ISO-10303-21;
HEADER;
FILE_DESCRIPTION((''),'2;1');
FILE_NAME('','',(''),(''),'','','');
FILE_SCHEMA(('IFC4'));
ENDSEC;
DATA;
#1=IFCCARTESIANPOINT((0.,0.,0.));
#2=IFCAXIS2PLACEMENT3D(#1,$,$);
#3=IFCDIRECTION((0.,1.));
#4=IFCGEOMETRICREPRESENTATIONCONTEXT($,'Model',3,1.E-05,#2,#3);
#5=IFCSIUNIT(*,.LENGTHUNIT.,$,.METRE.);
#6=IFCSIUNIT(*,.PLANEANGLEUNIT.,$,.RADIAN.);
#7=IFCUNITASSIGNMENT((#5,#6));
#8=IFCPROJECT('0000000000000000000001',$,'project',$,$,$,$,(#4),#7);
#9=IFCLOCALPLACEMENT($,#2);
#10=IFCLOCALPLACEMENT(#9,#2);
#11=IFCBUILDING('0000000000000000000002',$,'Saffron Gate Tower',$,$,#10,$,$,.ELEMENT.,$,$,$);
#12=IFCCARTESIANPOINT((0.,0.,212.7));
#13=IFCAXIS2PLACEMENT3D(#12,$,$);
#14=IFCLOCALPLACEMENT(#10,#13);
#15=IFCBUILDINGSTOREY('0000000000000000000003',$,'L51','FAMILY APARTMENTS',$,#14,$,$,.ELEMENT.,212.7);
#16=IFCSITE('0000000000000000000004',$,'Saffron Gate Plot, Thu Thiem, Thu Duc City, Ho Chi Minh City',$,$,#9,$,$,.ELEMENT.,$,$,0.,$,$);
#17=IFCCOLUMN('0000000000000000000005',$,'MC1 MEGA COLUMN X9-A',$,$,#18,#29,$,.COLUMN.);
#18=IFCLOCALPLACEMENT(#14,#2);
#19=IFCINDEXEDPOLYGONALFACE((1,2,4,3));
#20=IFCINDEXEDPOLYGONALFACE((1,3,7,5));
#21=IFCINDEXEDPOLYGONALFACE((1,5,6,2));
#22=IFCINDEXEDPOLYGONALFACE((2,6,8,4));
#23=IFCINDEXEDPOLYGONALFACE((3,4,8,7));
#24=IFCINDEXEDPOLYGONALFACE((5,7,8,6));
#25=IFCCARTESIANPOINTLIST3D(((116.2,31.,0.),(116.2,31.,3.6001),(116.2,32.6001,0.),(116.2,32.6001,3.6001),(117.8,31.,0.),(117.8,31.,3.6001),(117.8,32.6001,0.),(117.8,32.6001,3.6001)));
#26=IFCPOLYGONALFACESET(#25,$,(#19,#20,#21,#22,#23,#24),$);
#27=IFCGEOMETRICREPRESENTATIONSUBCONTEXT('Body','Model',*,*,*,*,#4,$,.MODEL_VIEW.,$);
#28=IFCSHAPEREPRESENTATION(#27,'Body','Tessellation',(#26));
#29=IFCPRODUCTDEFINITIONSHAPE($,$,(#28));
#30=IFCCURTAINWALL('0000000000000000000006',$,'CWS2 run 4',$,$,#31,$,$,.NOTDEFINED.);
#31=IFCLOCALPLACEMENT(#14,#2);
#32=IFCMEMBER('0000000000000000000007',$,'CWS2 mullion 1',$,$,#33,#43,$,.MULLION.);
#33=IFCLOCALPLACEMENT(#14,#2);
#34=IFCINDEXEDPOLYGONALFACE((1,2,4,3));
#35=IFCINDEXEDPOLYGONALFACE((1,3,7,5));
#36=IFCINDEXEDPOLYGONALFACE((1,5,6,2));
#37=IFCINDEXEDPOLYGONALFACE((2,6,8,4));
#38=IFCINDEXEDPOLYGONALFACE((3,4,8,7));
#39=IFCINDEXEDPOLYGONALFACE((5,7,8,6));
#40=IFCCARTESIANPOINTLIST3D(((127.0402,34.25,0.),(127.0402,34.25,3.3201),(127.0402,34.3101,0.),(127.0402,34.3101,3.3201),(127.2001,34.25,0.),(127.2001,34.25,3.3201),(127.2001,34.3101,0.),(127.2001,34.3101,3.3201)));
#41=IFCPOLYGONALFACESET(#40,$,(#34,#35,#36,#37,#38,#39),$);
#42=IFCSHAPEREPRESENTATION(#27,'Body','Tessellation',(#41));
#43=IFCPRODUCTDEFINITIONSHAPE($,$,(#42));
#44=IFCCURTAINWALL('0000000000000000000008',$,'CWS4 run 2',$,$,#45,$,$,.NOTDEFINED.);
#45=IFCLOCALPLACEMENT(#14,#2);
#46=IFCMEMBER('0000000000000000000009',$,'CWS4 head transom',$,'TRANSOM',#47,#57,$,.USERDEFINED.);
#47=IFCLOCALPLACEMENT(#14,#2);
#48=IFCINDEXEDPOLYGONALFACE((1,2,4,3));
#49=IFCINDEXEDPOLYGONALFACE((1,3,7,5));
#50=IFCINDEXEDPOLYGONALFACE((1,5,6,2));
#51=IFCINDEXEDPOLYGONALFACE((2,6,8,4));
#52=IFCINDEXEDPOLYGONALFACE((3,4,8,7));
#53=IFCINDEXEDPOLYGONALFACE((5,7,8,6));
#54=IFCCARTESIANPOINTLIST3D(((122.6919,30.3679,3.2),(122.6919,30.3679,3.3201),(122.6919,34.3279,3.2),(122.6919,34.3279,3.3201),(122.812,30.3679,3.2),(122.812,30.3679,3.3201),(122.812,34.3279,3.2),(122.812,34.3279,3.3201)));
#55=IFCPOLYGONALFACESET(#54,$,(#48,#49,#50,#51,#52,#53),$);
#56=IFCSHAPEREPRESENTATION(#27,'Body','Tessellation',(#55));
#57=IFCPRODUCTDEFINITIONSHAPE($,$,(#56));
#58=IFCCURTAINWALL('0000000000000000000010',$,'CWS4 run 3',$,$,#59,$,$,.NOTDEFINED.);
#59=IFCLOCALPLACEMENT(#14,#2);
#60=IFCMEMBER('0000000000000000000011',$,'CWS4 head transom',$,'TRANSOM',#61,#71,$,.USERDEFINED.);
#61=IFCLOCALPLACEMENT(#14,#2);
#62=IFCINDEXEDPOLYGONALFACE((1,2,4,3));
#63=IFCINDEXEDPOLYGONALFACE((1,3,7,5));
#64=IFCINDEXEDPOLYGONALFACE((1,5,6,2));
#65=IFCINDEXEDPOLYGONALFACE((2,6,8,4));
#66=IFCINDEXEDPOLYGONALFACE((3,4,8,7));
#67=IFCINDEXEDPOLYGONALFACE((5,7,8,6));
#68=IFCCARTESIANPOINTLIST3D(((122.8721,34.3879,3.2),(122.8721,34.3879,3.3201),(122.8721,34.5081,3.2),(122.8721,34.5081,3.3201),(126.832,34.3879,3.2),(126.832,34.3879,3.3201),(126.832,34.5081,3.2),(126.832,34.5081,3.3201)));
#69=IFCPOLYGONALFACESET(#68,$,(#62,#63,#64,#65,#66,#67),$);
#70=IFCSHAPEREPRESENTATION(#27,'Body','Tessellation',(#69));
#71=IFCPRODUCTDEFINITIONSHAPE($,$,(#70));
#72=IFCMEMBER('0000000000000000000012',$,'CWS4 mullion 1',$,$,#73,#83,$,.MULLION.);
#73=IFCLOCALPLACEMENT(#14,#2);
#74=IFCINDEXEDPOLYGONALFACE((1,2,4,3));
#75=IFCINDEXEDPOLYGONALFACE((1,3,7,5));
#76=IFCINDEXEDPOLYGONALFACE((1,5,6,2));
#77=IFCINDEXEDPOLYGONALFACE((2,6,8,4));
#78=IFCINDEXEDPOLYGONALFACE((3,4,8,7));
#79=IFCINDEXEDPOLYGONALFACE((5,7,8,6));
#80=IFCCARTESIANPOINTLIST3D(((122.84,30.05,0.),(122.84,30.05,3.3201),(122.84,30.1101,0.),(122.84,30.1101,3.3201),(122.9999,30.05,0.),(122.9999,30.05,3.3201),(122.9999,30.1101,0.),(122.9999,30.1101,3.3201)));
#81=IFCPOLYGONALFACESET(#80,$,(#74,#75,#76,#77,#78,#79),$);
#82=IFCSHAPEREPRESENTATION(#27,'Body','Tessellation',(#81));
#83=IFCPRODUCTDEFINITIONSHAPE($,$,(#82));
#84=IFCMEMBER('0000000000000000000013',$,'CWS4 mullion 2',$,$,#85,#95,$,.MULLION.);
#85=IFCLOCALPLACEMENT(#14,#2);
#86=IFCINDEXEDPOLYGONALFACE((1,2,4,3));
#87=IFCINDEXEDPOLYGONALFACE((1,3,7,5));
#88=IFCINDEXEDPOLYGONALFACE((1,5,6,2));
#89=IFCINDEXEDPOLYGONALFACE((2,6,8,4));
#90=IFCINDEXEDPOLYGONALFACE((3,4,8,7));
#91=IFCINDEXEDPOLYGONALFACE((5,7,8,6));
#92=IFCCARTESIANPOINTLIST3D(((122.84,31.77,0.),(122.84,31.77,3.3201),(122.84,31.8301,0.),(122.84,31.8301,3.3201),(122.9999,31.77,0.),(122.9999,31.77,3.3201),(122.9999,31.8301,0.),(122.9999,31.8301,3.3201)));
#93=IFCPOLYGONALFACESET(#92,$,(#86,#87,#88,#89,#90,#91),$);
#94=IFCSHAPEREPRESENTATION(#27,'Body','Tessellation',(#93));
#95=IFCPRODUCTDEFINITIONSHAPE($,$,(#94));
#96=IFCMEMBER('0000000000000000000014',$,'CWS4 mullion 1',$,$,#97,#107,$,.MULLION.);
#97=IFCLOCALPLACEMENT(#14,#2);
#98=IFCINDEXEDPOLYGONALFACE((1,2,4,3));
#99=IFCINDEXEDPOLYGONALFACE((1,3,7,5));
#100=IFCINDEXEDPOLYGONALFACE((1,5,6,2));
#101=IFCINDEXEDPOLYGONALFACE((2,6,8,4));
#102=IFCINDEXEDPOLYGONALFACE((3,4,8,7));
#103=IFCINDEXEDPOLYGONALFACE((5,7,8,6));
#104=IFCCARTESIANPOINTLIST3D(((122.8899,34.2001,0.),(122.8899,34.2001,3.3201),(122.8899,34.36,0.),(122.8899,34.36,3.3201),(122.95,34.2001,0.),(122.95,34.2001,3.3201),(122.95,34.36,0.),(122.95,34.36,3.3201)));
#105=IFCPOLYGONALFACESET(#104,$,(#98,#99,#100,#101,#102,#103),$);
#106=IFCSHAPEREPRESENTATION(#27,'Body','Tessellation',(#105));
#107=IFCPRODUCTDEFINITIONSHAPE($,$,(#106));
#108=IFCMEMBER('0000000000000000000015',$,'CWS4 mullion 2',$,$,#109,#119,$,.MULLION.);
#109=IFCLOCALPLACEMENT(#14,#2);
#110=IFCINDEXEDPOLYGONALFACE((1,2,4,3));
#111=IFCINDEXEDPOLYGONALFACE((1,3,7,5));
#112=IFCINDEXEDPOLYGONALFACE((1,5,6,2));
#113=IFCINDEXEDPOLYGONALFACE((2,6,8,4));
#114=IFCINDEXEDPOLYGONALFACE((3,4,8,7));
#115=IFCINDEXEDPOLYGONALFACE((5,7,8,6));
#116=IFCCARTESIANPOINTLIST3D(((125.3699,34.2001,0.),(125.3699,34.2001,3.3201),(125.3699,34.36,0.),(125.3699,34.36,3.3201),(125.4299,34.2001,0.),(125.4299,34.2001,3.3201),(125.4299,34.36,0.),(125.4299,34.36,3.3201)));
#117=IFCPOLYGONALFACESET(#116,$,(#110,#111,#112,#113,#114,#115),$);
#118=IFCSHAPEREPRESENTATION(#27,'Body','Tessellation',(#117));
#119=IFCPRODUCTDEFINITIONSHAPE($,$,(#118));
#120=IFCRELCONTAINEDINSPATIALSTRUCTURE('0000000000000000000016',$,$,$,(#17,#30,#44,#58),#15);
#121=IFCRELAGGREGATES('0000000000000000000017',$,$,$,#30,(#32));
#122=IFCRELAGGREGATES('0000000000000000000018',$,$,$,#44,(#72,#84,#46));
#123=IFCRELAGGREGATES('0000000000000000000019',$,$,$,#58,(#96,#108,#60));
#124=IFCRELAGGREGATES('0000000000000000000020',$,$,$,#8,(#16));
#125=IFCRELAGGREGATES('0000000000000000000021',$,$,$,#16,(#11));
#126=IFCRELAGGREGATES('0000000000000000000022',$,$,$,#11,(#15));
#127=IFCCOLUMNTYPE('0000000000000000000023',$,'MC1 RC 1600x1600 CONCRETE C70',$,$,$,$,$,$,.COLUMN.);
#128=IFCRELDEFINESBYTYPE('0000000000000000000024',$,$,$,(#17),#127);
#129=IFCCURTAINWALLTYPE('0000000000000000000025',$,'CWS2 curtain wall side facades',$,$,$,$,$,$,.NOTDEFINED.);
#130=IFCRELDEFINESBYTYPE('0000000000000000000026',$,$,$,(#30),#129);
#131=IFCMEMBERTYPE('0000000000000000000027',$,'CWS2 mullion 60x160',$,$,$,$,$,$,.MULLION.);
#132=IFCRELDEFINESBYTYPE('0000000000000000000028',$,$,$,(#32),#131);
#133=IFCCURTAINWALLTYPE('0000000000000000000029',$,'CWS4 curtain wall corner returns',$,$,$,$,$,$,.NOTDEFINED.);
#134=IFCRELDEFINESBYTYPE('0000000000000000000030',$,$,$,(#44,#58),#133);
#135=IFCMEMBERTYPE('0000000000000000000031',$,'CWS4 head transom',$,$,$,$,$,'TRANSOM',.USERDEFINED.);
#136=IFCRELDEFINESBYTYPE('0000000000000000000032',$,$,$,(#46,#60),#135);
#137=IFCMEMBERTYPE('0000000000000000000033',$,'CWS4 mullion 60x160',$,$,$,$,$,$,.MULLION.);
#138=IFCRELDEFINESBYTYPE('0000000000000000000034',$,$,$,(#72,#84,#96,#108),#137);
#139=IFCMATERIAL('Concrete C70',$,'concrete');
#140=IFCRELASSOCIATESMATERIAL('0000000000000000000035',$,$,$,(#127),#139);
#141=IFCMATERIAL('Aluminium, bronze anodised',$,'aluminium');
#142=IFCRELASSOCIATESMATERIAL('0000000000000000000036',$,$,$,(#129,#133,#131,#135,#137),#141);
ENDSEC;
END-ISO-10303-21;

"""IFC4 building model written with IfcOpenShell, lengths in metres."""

from ifc_helpers import new_model, si_unit, direction, frame, origin, origin_2d, place, context, subcontext, project, spatial, rectangle, extrude, material, material_profile, profile_set, type_object, element, aggregate, save


model = new_model("IFC4")

# Units and contexts
model_context = context("Model", 3, precision=1e-05, world=origin(), true_north=direction((0.0, 1.0)))
body_context = subcontext(model_context, "Body", "Model", "MODEL_VIEW")
ifc_project = project(units=[si_unit("LENGTHUNIT", "METRE"), si_unit("PLANEANGLEUNIT", "RADIAN")], contexts=[model_context])

# Site, building, storey
site_placement = place(None, origin())
site = spatial("IfcSite", under=ifc_project, at=site_placement, Name="Saffron Gate Plot, Thu Thiem, Thu Duc City, Ho Chi Minh City", CompositionType="ELEMENT", RefElevation=0.0)
building_placement = place(site_placement, origin())
building = spatial("IfcBuilding", under=site, at=building_placement, Name="Saffron Gate Tower", CompositionType="ELEMENT")
storey_placement = place(building_placement, frame((0.0, 0.0, 212.7)))
storey = spatial("IfcBuildingStorey", under=building, at=storey_placement, Name="L51", Description="FAMILY APARTMENTS", CompositionType="ELEMENT", Elevation=212.7)

# Column
ifc_material_1 = material(Name="Concrete C70", Category="concrete")
ifc_material_profile_1 = material_profile(ifc_material_1, rectangle(XDim=1.6001, YDim=1.6001, at=origin_2d()))
ifc_profile_set_1 = profile_set([ifc_material_profile_1], Name="Concrete C70")
column_type = type_object("IfcColumnType", Name="MC1 RC 1600x1600 CONCRETE C70", PredefinedType="COLUMN", material=ifc_profile_set_1)
column_placement = place(storey_placement, frame((117.0, 31.8, 0.0), z_axis=(0.0, 0.0, 1.0), x_axis=(1.0, 0.0, 0.0)))
element("IfcColumn", 1, at=column_placement, inside=storey, type_object=column_type, Name="MC1 MEGA COLUMN X9-A", PredefinedType="COLUMN", context=body_context, shape_type="SweptSolid", body=[
    extrude(rectangle(XDim=1.6001, YDim=1.6001, at=origin_2d()), origin(), (0.0, 0.0, 1.0), 3.6001),
])

# Curtain walls, members
ifc_material_2 = material(Name="Aluminium, bronze anodised", Category="aluminium")
curtain_wall_type_1 = type_object("IfcCurtainWallType", Name="CWS2 curtain wall side facades", PredefinedType="NOTDEFINED", material=ifc_material_2)
curtain_wall_1_placement = place(storey_placement, origin())
curtain_wall_1 = element("IfcCurtainWall", 2, at=curtain_wall_1_placement, inside=storey, type_object=curtain_wall_type_1, Name="CWS2 run 4", PredefinedType="NOTDEFINED")
ifc_material_profile_2 = material_profile(ifc_material_2, rectangle(XDim=0.1599, YDim=0.0601, at=origin_2d()))
ifc_profile_set_2 = profile_set([ifc_material_profile_2], Name="Aluminium, bronze anodised")
member_type_1 = type_object("IfcMemberType", Name="CWS2 mullion 60x160", PredefinedType="MULLION", material=ifc_profile_set_2)
member_1_placement = place(storey_placement, frame((127.1201, 34.28, 0.0), z_axis=(0.0, 0.0, 1.0), x_axis=(-1.0, 0.0, 0.0)))
member_1 = element("IfcMember", 3, at=member_1_placement, type_object=member_type_1, Name="CWS2 mullion 1", PredefinedType="MULLION", context=body_context, shape_type="SweptSolid", body=[
    extrude(rectangle(XDim=0.1599, YDim=0.0601, at=origin_2d()), origin(), (0.0, 0.0, 1.0), 3.3201),
])
curtain_wall_type_2 = type_object("IfcCurtainWallType", Name="CWS4 curtain wall corner returns", PredefinedType="NOTDEFINED", material=ifc_material_2)
curtain_wall_2_placement = place(storey_placement, origin())
curtain_wall_2 = element("IfcCurtainWall", 4, at=curtain_wall_2_placement, inside=storey, type_object=curtain_wall_type_2, Name="CWS4 run 2", PredefinedType="NOTDEFINED")
ifc_material_profile_3 = material_profile(ifc_material_2, rectangle(XDim=0.1201, YDim=0.1201, at=origin_2d()))
ifc_profile_set_3 = profile_set([ifc_material_profile_3], Name="Aluminium, bronze anodised")
member_type_2 = type_object("IfcMemberType", Name="CWS4 head transom", ElementType="TRANSOM", PredefinedType="USERDEFINED", material=ifc_profile_set_3)
member_2_placement = place(storey_placement, frame((122.752, 30.3679, 3.26), z_axis=(0.0, 1.0, 0.0), x_axis=(-1.0, 0.0, 0.0)))
member_2 = element("IfcMember", 5, at=member_2_placement, type_object=member_type_2, Name="CWS4 head transom", ObjectType="TRANSOM", PredefinedType="USERDEFINED", context=body_context, shape_type="SweptSolid", body=[
    extrude(rectangle(XDim=0.1201, YDim=0.1201, at=origin_2d()), origin(), (0.0, 0.0, 1.0), 3.96),
])
curtain_wall_3_placement = place(storey_placement, origin())
curtain_wall_3 = element("IfcCurtainWall", 6, at=curtain_wall_3_placement, inside=storey, type_object=curtain_wall_type_2, Name="CWS4 run 3", PredefinedType="NOTDEFINED")
member_3_placement = place(storey_placement, frame((122.8721, 34.448, 3.26), z_axis=(1.0, 0.0, 0.0), x_axis=(0.0, 1.0, 0.0)))
member_3 = element("IfcMember", 7, at=member_3_placement, type_object=member_type_2, Name="CWS4 head transom", ObjectType="TRANSOM", PredefinedType="USERDEFINED", context=body_context, shape_type="SweptSolid", body=[
    extrude(rectangle(XDim=0.1201, YDim=0.1201, at=origin_2d()), origin(), (0.0, 0.0, 1.0), 3.96),
])

# Members
ifc_material_profile_4 = material_profile(ifc_material_2, rectangle(XDim=0.1599, YDim=0.0601, at=origin_2d()))
ifc_profile_set_4 = profile_set([ifc_material_profile_4], Name="Aluminium, bronze anodised")
member_type_3 = type_object("IfcMemberType", Name="CWS4 mullion 60x160", PredefinedType="MULLION", material=ifc_profile_set_4)
member_4_placement = place(storey_placement, frame((122.9199, 30.0801, 0.0), z_axis=(0.0, 0.0, 1.0), x_axis=(-1.0, 0.0, 0.0)))
member_4 = element("IfcMember", 8, at=member_4_placement, type_object=member_type_3, Name="CWS4 mullion 1", PredefinedType="MULLION", context=body_context, shape_type="SweptSolid", body=[
    extrude(rectangle(XDim=0.1599, YDim=0.0601, at=origin_2d()), origin(), (0.0, 0.0, 1.0), 3.3201),
])
member_5_placement = place(storey_placement, frame((122.9199, 31.8, 0.0), z_axis=(0.0, 0.0, 1.0), x_axis=(-1.0, 0.0, 0.0)))
member_5 = element("IfcMember", 9, at=member_5_placement, type_object=member_type_3, Name="CWS4 mullion 2", PredefinedType="MULLION", context=body_context, shape_type="SweptSolid", body=[
    extrude(rectangle(XDim=0.1599, YDim=0.0601, at=origin_2d()), origin(), (0.0, 0.0, 1.0), 3.3201),
])
member_6_placement = place(storey_placement, frame((122.9199, 34.28, 0.0), z_axis=(0.0, 0.0, 1.0), x_axis=(0.0, 1.0, 0.0)))
member_6 = element("IfcMember", 10, at=member_6_placement, type_object=member_type_3, Name="CWS4 mullion 1", PredefinedType="MULLION", context=body_context, shape_type="SweptSolid", body=[
    extrude(rectangle(XDim=0.1599, YDim=0.0601, at=origin_2d()), origin(), (0.0, 0.0, 1.0), 3.3201),
])
member_7_placement = place(storey_placement, frame((125.3999, 34.28, 0.0), z_axis=(0.0, 0.0, 1.0), x_axis=(0.0, 1.0, 0.0)))
member_7 = element("IfcMember", 11, at=member_7_placement, type_object=member_type_3, Name="CWS4 mullion 2", PredefinedType="MULLION", context=body_context, shape_type="SweptSolid", body=[
    extrude(rectangle(XDim=0.1599, YDim=0.0601, at=origin_2d()), origin(), (0.0, 0.0, 1.0), 3.3201),
])

aggregate(curtain_wall_1, [member_1])

aggregate(curtain_wall_2, [member_4, member_5, member_2])
aggregate(curtain_wall_3, [member_6, member_7, member_3])

save(model, "model.ifc")
